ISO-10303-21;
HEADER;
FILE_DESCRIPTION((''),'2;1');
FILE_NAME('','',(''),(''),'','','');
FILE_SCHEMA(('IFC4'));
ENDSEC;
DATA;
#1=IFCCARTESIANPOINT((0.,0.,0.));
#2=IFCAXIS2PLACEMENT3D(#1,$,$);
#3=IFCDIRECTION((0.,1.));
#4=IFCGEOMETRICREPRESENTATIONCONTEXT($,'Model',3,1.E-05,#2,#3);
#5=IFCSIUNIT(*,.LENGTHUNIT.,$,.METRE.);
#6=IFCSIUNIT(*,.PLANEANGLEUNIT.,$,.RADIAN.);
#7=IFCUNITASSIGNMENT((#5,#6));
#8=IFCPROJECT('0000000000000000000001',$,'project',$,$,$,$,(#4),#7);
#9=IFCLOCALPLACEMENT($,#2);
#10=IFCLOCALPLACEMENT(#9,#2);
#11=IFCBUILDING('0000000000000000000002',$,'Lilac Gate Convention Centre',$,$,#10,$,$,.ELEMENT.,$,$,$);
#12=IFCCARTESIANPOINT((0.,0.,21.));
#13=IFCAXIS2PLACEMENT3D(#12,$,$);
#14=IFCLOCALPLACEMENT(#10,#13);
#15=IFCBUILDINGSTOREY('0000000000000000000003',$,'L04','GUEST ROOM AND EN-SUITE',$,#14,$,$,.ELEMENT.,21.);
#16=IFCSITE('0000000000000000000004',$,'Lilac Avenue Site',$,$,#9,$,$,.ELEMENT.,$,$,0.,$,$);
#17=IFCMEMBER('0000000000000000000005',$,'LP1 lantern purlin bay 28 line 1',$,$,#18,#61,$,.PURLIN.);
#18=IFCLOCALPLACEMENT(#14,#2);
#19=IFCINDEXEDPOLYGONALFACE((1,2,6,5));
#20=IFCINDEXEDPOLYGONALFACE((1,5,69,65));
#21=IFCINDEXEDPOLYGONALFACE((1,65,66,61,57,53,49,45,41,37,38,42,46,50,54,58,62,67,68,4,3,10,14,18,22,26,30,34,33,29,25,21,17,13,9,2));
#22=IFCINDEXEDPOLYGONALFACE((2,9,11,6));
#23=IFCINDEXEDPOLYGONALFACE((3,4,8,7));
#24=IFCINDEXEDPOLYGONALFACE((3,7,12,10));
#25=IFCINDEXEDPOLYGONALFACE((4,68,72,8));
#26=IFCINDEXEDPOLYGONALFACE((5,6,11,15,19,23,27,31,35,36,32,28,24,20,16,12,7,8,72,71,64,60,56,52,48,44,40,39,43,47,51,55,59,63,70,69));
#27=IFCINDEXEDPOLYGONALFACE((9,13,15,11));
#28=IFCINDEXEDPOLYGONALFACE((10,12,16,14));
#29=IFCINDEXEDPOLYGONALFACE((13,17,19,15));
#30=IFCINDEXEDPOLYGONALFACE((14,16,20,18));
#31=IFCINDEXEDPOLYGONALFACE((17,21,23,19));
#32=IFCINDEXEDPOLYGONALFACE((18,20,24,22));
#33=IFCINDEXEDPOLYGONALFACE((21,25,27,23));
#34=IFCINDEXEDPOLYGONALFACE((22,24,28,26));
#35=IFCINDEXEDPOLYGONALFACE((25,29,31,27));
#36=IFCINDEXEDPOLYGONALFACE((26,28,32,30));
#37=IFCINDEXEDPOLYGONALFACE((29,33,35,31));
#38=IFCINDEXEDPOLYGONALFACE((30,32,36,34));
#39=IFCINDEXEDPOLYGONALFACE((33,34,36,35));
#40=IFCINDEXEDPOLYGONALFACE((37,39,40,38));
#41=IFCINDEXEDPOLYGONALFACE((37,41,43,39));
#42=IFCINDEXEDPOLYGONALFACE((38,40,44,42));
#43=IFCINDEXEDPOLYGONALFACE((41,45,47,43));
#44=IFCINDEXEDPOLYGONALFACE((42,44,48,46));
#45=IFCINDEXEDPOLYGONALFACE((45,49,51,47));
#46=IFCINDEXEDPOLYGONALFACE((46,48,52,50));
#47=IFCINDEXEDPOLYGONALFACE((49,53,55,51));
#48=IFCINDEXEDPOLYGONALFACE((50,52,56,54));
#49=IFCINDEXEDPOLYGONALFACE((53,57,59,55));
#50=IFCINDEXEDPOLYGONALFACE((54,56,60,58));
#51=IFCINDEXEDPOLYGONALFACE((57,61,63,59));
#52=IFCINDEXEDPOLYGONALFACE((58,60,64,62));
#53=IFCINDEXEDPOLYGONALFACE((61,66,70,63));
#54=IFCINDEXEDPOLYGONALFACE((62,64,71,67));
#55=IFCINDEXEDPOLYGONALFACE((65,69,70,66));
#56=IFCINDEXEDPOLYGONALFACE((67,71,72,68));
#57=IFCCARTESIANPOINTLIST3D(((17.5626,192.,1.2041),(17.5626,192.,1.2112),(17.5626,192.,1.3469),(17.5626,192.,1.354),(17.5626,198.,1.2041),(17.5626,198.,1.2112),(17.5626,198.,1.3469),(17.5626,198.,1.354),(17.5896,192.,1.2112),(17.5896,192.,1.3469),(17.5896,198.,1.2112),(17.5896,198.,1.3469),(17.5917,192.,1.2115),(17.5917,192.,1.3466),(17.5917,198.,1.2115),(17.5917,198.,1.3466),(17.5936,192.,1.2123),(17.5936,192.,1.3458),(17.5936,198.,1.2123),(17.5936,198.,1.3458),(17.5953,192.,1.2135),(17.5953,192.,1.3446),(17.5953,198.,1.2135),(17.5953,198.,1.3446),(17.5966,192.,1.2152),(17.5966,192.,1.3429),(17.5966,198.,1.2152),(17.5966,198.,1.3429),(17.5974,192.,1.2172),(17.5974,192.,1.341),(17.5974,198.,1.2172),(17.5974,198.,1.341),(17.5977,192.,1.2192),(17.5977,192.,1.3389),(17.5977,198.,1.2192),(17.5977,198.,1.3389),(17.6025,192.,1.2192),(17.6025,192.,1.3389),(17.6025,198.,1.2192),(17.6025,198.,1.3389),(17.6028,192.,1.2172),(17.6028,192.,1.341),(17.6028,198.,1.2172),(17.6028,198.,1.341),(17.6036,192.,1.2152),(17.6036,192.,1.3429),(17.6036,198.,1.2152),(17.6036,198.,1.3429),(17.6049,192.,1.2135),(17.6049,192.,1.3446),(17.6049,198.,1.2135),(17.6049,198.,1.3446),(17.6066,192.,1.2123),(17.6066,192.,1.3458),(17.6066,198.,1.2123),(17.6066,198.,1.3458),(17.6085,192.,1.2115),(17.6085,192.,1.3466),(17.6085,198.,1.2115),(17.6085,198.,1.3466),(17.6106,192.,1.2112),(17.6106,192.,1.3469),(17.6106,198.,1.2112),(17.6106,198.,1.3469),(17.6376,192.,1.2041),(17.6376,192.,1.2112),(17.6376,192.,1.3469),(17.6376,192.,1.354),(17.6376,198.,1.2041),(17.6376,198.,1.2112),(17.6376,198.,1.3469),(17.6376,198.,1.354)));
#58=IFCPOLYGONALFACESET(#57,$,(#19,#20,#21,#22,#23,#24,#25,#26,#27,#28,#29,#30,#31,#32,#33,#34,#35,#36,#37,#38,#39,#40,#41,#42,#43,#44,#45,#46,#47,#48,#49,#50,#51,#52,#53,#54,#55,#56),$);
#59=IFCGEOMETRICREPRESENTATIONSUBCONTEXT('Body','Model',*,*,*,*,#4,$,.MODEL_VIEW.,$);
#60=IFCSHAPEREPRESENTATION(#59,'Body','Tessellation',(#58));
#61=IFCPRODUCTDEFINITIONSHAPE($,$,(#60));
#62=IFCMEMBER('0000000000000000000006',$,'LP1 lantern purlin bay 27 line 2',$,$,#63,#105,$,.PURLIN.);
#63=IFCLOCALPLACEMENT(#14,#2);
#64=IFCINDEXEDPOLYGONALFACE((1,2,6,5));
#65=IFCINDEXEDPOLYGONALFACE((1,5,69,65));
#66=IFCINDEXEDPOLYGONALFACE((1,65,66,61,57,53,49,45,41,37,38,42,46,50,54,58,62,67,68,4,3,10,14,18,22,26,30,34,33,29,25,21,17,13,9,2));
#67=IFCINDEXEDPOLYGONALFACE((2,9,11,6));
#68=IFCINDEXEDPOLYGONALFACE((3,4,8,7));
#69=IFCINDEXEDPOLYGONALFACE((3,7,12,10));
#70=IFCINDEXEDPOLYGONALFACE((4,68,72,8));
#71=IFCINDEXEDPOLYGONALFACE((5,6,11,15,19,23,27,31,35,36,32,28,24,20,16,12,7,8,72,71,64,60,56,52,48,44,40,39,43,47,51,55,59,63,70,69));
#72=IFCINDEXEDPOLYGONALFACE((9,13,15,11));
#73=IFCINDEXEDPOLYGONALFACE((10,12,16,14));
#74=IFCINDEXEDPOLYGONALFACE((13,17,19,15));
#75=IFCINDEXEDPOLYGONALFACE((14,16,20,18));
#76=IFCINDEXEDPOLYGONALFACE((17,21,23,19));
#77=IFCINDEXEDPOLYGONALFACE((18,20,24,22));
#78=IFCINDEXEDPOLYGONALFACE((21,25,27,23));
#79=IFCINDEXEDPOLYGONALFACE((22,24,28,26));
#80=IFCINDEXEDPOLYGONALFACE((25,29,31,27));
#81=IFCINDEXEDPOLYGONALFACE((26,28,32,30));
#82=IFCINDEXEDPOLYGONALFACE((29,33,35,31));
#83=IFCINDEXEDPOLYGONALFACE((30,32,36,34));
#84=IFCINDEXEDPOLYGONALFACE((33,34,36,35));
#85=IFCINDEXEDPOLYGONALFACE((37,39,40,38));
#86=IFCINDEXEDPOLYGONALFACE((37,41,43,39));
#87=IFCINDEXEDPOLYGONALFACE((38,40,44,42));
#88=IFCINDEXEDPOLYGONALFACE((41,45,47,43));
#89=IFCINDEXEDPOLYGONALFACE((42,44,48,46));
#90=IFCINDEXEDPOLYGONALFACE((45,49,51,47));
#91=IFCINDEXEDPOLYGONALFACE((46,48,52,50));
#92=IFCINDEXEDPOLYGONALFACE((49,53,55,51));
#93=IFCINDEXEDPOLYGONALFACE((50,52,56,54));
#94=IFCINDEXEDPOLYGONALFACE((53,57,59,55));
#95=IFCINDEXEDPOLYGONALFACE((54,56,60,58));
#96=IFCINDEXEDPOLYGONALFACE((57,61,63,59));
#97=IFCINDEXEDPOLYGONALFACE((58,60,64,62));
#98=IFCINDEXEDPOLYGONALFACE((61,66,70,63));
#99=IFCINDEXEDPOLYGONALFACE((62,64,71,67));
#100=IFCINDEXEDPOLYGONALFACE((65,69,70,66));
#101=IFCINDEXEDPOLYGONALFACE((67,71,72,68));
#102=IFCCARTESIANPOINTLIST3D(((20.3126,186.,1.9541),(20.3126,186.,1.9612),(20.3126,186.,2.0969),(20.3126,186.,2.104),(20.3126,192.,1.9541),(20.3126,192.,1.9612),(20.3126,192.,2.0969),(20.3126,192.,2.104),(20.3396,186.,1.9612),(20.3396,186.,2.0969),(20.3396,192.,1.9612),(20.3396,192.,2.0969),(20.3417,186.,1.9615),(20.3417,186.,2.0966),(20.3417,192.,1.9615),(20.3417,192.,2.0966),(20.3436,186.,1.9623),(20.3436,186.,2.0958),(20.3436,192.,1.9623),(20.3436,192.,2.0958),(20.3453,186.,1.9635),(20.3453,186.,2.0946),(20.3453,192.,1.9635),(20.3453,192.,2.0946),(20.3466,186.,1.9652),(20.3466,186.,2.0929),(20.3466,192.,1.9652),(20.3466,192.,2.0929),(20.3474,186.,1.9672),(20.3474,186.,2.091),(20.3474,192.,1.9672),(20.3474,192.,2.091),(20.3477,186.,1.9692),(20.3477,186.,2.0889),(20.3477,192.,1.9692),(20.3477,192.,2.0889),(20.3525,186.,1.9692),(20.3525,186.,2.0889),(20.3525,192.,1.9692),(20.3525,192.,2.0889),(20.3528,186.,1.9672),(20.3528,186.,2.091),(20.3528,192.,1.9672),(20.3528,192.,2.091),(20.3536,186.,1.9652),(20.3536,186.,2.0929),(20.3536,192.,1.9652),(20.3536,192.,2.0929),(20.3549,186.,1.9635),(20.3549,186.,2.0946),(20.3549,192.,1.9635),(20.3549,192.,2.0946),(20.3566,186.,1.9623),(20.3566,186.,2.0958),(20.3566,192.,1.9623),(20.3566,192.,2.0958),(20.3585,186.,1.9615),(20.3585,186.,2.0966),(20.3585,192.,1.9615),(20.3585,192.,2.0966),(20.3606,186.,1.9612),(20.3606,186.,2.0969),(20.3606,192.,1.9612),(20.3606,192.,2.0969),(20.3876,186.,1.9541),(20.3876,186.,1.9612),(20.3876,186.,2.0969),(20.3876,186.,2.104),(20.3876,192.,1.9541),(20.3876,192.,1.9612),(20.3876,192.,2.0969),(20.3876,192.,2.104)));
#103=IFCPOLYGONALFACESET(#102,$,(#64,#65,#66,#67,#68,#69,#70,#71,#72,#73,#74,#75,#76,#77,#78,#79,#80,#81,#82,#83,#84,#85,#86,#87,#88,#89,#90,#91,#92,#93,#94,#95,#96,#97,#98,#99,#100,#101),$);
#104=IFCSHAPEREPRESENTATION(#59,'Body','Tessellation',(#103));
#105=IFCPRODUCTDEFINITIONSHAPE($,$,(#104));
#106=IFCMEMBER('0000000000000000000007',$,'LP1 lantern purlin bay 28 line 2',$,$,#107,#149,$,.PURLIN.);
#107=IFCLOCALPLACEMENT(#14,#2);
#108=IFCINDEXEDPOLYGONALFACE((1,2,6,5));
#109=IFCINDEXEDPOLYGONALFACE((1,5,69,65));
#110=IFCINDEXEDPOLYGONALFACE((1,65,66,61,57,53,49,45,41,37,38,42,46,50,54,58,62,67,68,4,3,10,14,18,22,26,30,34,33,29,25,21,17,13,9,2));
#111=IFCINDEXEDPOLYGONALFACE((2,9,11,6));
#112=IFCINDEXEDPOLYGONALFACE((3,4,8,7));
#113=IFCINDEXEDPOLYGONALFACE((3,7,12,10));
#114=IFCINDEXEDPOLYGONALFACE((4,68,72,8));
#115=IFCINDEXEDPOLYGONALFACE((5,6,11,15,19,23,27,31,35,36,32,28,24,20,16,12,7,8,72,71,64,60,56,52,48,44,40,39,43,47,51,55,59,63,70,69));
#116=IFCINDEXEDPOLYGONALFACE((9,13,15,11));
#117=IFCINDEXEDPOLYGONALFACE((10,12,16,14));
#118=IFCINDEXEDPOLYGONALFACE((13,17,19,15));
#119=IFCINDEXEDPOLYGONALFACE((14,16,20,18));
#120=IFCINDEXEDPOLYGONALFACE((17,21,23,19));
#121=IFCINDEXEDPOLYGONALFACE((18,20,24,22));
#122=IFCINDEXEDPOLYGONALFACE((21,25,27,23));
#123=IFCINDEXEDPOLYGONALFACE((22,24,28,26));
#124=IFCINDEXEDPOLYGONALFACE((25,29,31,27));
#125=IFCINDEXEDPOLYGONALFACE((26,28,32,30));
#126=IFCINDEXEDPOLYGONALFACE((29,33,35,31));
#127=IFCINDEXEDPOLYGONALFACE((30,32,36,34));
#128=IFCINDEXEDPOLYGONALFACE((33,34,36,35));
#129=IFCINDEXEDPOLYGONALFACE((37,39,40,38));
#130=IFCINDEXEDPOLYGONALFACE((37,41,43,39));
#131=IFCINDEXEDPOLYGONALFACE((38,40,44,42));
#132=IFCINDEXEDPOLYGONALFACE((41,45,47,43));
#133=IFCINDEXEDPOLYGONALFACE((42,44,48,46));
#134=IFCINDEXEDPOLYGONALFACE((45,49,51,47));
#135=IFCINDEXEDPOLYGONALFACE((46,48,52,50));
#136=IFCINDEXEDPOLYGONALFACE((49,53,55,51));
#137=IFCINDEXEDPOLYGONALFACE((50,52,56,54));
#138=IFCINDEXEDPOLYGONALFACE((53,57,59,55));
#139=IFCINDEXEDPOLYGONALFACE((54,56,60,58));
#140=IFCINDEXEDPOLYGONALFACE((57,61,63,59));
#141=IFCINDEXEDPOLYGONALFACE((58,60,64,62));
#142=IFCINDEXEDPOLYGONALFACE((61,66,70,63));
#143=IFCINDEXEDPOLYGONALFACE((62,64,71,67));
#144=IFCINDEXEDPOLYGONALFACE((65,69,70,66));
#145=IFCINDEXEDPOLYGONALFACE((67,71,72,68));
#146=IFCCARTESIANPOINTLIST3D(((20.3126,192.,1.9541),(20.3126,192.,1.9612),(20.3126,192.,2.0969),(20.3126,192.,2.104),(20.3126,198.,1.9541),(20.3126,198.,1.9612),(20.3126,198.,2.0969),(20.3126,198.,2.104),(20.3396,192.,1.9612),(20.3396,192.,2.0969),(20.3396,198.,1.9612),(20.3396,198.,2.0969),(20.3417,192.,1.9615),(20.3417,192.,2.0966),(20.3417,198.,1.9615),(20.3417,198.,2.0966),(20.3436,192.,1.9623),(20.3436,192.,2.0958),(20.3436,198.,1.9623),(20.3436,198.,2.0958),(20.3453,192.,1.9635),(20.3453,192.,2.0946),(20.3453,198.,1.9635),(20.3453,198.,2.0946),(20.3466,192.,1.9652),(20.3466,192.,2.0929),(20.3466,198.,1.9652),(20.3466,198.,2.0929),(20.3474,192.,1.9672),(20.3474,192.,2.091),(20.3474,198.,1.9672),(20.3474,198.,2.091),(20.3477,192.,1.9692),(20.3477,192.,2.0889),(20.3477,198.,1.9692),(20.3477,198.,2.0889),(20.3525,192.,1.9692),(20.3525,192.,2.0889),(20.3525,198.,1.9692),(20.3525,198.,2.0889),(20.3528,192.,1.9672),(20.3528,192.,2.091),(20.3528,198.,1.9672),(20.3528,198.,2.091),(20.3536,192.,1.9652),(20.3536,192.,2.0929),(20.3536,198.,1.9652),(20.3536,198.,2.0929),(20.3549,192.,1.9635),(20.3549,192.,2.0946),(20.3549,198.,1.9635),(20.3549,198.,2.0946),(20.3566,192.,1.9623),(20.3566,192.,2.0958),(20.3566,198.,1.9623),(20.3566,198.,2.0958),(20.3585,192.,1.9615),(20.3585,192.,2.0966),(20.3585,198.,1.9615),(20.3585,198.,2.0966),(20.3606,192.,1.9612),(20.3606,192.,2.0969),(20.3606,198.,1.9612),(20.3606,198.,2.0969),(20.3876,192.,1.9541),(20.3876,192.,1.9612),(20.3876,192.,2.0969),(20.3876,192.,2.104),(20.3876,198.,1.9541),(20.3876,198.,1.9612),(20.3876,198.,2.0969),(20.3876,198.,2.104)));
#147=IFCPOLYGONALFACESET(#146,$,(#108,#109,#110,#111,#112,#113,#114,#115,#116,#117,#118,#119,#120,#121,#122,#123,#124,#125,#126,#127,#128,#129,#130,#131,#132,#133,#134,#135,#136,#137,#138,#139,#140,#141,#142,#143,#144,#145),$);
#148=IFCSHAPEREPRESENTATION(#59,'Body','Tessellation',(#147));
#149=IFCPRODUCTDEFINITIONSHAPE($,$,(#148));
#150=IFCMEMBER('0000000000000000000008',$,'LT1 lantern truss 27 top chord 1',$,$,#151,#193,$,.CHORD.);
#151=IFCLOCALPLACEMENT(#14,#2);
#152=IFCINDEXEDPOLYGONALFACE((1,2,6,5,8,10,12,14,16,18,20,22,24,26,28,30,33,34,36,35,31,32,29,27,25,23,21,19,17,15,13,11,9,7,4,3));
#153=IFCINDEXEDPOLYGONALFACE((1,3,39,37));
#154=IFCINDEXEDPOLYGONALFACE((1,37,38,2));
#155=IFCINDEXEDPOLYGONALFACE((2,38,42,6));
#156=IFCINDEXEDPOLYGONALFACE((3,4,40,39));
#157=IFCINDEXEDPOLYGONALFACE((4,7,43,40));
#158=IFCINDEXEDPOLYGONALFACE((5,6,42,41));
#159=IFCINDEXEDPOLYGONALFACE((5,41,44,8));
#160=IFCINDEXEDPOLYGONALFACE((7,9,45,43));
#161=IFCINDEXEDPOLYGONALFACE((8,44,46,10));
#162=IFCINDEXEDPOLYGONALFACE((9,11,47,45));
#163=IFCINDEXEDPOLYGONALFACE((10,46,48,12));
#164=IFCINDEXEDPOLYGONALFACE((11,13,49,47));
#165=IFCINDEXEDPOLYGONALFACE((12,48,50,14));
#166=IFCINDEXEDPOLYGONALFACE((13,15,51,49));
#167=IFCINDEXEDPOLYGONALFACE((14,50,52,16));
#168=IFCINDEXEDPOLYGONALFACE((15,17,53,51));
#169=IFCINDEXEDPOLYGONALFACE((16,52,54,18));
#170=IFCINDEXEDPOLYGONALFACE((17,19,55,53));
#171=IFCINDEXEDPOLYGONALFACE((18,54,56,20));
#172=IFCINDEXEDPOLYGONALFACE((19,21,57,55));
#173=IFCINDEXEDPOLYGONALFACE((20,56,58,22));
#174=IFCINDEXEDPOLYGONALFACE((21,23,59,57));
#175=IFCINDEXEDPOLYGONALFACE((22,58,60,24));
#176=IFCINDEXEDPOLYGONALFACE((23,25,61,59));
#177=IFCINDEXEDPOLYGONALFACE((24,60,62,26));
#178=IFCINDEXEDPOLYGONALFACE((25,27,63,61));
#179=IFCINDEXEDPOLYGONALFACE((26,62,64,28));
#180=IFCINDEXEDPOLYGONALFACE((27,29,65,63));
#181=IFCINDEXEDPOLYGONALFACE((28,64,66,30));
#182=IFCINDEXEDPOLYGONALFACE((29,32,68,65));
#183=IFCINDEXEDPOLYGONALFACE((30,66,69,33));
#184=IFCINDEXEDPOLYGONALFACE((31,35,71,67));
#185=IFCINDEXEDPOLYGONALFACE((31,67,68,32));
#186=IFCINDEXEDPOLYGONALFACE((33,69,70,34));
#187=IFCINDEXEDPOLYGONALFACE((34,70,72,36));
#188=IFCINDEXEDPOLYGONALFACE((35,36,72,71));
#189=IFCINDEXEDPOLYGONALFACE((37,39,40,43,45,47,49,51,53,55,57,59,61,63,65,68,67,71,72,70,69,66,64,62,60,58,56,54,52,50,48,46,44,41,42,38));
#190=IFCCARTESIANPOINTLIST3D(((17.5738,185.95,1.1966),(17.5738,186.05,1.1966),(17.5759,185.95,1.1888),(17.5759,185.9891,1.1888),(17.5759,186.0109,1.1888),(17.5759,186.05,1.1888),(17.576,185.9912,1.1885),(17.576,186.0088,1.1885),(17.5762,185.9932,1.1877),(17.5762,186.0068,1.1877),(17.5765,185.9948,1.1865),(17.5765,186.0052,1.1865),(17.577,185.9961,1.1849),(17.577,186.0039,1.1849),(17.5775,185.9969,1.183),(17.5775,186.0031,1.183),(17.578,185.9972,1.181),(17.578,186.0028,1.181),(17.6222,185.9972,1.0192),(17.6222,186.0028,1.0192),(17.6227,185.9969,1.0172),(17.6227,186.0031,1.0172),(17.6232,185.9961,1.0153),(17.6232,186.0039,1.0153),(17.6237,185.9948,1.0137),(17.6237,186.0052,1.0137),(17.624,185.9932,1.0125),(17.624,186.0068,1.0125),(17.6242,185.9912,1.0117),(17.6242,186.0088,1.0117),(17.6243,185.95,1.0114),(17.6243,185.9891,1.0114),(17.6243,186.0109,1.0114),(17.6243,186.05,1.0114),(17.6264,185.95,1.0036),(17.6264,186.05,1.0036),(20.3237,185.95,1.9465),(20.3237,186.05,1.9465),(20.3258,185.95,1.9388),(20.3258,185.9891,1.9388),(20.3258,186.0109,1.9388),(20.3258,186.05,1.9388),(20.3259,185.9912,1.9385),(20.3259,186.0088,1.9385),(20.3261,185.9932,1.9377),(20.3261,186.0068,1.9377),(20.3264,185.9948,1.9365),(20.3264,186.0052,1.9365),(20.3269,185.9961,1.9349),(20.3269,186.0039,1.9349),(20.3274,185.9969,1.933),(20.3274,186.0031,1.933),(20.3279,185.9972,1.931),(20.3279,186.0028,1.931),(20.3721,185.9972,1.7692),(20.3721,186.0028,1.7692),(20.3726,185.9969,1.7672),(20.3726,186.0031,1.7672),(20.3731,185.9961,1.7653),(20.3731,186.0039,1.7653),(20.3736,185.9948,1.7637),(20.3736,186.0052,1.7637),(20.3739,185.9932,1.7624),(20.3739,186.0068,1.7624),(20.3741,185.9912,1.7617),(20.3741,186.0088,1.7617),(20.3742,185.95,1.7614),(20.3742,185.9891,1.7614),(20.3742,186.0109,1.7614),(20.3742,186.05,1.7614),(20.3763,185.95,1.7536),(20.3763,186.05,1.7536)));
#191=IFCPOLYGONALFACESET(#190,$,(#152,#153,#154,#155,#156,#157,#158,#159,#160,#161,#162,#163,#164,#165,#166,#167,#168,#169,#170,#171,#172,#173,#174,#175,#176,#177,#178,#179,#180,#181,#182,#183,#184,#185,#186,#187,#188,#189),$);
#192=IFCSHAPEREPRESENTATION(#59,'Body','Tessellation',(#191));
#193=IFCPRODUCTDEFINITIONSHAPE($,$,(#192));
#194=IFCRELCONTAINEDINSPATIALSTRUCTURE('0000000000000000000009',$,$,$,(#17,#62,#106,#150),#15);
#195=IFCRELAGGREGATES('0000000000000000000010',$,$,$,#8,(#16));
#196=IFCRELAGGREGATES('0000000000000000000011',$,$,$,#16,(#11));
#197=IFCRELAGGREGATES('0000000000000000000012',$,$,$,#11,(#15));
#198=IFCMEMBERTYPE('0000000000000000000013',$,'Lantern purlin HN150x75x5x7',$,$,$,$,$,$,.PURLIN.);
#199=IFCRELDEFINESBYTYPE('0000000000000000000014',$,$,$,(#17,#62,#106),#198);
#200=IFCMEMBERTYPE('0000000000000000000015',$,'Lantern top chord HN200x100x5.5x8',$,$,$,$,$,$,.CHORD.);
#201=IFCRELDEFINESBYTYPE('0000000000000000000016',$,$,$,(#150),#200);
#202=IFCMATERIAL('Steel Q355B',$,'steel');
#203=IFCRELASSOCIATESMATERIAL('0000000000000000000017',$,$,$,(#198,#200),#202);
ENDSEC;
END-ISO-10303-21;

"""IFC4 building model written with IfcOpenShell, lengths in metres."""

from ifc_helpers import new_model, si_unit, direction, frame, origin, origin_2d, place, context, subcontext, project, spatial, i_section, extrude, material, material_profile, profile_set, type_object, element, save


model = new_model("IFC4")

# Units and contexts
model_context = context("Model", 3, precision=1e-05, world=origin(), true_north=direction((0.0, 1.0)))
body_context = subcontext(model_context, "Body", "Model", "MODEL_VIEW")
ifc_project = project(units=[si_unit("LENGTHUNIT", "METRE"), si_unit("PLANEANGLEUNIT", "RADIAN")], contexts=[model_context])

# Site, building, storey
site_placement = place(None, origin())
site = spatial("IfcSite", under=ifc_project, at=site_placement, Name="Lilac Avenue Site", CompositionType="ELEMENT", RefElevation=0.0)
building_placement = place(site_placement, origin())
building = spatial("IfcBuilding", under=site, at=building_placement, Name="Lilac Gate Convention Centre", CompositionType="ELEMENT")
storey_placement = place(building_placement, frame((0.0, 0.0, 21.0)))
storey = spatial("IfcBuildingStorey", under=building, at=storey_placement, Name="L04", Description="GUEST ROOM AND EN-SUITE", CompositionType="ELEMENT", Elevation=21.0)

# Members
ifc_material_1 = material(Name="Steel Q355B", Category="steel")
ifc_material_profile_1 = material_profile(ifc_material_1, i_section(OverallWidth=0.075, OverallDepth=0.1499, WebThickness=0.0049, FlangeThickness=0.0071, FilletRadius=0.0081, at=origin_2d()), Name="HN150x75x5x7")
ifc_profile_set_1 = profile_set([ifc_material_profile_1], Name="Steel Q355B")
member_type_1 = type_object("IfcMemberType", Name="Lantern purlin HN150x75x5x7", PredefinedType="PURLIN", material=ifc_profile_set_1)
for number, where, z_axis, x_axis, name in (
    (1, (17.6001, 192.0, 1.2791), (0.0, 1.0, 0.0), (-1.0, 0.0, 0.0), "LP1 lantern purlin bay 28 line 1"),
    (2, (20.3501, 186.0, 2.0291), (0.0, 1.0, 0.0), (-1.0, 0.0, 0.0), "LP1 lantern purlin bay 27 line 2"),
    (3, (20.3501, 192.0, 2.0291), (0.0, 1.0, 0.0), (-1.0, 0.0, 0.0), "LP1 lantern purlin bay 28 line 2"),
):
    element("IfcMember", number, at=place(storey_placement, frame(where, z_axis=z_axis, x_axis=x_axis)), inside=storey, type_object=member_type_1, Name=name, PredefinedType="PURLIN", context=body_context, shape_type="SweptSolid", body=[
        extrude(i_section(OverallWidth=0.075, OverallDepth=0.1499, WebThickness=0.0049, FlangeThickness=0.0071, FilletRadius=0.0081, at=origin_2d()), origin(), (0.0, 0.0, 1.0), 6.0),
    ])
ifc_material_profile_2 = material_profile(ifc_material_1, i_section(OverallWidth=0.1001, OverallDepth=0.2, WebThickness=0.0056, FlangeThickness=0.0081, FilletRadius=0.0081, at=origin_2d()), Name="HN200x100x5.5x8")
ifc_profile_set_2 = profile_set([ifc_material_profile_2], Name="Steel Q355B")
member_type_2 = type_object("IfcMemberType", Name="Lantern top chord HN200x100x5.5x8", PredefinedType="CHORD", material=ifc_profile_set_2)
for number, where, z_axis, x_axis, name in (
    (4, (17.6001, 186.0, 1.1001), (0.964764, 0.0, 0.263117), (0.0, 1.0, 0.0), "LT1 lantern truss 27 top chord 1"),
):
    element("IfcMember", number, at=place(storey_placement, frame(where, z_axis=z_axis, x_axis=x_axis)), inside=storey, type_object=member_type_2, Name=name, PredefinedType="CHORD", context=body_context, shape_type="SweptSolid", body=[
        extrude(i_section(OverallWidth=0.1001, OverallDepth=0.2, WebThickness=0.0056, FlangeThickness=0.0081, FilletRadius=0.0081, at=origin_2d()), origin(), (0.0, 0.0, 1.0), 2.8503),
    ])

save(model, "model.ifc")
